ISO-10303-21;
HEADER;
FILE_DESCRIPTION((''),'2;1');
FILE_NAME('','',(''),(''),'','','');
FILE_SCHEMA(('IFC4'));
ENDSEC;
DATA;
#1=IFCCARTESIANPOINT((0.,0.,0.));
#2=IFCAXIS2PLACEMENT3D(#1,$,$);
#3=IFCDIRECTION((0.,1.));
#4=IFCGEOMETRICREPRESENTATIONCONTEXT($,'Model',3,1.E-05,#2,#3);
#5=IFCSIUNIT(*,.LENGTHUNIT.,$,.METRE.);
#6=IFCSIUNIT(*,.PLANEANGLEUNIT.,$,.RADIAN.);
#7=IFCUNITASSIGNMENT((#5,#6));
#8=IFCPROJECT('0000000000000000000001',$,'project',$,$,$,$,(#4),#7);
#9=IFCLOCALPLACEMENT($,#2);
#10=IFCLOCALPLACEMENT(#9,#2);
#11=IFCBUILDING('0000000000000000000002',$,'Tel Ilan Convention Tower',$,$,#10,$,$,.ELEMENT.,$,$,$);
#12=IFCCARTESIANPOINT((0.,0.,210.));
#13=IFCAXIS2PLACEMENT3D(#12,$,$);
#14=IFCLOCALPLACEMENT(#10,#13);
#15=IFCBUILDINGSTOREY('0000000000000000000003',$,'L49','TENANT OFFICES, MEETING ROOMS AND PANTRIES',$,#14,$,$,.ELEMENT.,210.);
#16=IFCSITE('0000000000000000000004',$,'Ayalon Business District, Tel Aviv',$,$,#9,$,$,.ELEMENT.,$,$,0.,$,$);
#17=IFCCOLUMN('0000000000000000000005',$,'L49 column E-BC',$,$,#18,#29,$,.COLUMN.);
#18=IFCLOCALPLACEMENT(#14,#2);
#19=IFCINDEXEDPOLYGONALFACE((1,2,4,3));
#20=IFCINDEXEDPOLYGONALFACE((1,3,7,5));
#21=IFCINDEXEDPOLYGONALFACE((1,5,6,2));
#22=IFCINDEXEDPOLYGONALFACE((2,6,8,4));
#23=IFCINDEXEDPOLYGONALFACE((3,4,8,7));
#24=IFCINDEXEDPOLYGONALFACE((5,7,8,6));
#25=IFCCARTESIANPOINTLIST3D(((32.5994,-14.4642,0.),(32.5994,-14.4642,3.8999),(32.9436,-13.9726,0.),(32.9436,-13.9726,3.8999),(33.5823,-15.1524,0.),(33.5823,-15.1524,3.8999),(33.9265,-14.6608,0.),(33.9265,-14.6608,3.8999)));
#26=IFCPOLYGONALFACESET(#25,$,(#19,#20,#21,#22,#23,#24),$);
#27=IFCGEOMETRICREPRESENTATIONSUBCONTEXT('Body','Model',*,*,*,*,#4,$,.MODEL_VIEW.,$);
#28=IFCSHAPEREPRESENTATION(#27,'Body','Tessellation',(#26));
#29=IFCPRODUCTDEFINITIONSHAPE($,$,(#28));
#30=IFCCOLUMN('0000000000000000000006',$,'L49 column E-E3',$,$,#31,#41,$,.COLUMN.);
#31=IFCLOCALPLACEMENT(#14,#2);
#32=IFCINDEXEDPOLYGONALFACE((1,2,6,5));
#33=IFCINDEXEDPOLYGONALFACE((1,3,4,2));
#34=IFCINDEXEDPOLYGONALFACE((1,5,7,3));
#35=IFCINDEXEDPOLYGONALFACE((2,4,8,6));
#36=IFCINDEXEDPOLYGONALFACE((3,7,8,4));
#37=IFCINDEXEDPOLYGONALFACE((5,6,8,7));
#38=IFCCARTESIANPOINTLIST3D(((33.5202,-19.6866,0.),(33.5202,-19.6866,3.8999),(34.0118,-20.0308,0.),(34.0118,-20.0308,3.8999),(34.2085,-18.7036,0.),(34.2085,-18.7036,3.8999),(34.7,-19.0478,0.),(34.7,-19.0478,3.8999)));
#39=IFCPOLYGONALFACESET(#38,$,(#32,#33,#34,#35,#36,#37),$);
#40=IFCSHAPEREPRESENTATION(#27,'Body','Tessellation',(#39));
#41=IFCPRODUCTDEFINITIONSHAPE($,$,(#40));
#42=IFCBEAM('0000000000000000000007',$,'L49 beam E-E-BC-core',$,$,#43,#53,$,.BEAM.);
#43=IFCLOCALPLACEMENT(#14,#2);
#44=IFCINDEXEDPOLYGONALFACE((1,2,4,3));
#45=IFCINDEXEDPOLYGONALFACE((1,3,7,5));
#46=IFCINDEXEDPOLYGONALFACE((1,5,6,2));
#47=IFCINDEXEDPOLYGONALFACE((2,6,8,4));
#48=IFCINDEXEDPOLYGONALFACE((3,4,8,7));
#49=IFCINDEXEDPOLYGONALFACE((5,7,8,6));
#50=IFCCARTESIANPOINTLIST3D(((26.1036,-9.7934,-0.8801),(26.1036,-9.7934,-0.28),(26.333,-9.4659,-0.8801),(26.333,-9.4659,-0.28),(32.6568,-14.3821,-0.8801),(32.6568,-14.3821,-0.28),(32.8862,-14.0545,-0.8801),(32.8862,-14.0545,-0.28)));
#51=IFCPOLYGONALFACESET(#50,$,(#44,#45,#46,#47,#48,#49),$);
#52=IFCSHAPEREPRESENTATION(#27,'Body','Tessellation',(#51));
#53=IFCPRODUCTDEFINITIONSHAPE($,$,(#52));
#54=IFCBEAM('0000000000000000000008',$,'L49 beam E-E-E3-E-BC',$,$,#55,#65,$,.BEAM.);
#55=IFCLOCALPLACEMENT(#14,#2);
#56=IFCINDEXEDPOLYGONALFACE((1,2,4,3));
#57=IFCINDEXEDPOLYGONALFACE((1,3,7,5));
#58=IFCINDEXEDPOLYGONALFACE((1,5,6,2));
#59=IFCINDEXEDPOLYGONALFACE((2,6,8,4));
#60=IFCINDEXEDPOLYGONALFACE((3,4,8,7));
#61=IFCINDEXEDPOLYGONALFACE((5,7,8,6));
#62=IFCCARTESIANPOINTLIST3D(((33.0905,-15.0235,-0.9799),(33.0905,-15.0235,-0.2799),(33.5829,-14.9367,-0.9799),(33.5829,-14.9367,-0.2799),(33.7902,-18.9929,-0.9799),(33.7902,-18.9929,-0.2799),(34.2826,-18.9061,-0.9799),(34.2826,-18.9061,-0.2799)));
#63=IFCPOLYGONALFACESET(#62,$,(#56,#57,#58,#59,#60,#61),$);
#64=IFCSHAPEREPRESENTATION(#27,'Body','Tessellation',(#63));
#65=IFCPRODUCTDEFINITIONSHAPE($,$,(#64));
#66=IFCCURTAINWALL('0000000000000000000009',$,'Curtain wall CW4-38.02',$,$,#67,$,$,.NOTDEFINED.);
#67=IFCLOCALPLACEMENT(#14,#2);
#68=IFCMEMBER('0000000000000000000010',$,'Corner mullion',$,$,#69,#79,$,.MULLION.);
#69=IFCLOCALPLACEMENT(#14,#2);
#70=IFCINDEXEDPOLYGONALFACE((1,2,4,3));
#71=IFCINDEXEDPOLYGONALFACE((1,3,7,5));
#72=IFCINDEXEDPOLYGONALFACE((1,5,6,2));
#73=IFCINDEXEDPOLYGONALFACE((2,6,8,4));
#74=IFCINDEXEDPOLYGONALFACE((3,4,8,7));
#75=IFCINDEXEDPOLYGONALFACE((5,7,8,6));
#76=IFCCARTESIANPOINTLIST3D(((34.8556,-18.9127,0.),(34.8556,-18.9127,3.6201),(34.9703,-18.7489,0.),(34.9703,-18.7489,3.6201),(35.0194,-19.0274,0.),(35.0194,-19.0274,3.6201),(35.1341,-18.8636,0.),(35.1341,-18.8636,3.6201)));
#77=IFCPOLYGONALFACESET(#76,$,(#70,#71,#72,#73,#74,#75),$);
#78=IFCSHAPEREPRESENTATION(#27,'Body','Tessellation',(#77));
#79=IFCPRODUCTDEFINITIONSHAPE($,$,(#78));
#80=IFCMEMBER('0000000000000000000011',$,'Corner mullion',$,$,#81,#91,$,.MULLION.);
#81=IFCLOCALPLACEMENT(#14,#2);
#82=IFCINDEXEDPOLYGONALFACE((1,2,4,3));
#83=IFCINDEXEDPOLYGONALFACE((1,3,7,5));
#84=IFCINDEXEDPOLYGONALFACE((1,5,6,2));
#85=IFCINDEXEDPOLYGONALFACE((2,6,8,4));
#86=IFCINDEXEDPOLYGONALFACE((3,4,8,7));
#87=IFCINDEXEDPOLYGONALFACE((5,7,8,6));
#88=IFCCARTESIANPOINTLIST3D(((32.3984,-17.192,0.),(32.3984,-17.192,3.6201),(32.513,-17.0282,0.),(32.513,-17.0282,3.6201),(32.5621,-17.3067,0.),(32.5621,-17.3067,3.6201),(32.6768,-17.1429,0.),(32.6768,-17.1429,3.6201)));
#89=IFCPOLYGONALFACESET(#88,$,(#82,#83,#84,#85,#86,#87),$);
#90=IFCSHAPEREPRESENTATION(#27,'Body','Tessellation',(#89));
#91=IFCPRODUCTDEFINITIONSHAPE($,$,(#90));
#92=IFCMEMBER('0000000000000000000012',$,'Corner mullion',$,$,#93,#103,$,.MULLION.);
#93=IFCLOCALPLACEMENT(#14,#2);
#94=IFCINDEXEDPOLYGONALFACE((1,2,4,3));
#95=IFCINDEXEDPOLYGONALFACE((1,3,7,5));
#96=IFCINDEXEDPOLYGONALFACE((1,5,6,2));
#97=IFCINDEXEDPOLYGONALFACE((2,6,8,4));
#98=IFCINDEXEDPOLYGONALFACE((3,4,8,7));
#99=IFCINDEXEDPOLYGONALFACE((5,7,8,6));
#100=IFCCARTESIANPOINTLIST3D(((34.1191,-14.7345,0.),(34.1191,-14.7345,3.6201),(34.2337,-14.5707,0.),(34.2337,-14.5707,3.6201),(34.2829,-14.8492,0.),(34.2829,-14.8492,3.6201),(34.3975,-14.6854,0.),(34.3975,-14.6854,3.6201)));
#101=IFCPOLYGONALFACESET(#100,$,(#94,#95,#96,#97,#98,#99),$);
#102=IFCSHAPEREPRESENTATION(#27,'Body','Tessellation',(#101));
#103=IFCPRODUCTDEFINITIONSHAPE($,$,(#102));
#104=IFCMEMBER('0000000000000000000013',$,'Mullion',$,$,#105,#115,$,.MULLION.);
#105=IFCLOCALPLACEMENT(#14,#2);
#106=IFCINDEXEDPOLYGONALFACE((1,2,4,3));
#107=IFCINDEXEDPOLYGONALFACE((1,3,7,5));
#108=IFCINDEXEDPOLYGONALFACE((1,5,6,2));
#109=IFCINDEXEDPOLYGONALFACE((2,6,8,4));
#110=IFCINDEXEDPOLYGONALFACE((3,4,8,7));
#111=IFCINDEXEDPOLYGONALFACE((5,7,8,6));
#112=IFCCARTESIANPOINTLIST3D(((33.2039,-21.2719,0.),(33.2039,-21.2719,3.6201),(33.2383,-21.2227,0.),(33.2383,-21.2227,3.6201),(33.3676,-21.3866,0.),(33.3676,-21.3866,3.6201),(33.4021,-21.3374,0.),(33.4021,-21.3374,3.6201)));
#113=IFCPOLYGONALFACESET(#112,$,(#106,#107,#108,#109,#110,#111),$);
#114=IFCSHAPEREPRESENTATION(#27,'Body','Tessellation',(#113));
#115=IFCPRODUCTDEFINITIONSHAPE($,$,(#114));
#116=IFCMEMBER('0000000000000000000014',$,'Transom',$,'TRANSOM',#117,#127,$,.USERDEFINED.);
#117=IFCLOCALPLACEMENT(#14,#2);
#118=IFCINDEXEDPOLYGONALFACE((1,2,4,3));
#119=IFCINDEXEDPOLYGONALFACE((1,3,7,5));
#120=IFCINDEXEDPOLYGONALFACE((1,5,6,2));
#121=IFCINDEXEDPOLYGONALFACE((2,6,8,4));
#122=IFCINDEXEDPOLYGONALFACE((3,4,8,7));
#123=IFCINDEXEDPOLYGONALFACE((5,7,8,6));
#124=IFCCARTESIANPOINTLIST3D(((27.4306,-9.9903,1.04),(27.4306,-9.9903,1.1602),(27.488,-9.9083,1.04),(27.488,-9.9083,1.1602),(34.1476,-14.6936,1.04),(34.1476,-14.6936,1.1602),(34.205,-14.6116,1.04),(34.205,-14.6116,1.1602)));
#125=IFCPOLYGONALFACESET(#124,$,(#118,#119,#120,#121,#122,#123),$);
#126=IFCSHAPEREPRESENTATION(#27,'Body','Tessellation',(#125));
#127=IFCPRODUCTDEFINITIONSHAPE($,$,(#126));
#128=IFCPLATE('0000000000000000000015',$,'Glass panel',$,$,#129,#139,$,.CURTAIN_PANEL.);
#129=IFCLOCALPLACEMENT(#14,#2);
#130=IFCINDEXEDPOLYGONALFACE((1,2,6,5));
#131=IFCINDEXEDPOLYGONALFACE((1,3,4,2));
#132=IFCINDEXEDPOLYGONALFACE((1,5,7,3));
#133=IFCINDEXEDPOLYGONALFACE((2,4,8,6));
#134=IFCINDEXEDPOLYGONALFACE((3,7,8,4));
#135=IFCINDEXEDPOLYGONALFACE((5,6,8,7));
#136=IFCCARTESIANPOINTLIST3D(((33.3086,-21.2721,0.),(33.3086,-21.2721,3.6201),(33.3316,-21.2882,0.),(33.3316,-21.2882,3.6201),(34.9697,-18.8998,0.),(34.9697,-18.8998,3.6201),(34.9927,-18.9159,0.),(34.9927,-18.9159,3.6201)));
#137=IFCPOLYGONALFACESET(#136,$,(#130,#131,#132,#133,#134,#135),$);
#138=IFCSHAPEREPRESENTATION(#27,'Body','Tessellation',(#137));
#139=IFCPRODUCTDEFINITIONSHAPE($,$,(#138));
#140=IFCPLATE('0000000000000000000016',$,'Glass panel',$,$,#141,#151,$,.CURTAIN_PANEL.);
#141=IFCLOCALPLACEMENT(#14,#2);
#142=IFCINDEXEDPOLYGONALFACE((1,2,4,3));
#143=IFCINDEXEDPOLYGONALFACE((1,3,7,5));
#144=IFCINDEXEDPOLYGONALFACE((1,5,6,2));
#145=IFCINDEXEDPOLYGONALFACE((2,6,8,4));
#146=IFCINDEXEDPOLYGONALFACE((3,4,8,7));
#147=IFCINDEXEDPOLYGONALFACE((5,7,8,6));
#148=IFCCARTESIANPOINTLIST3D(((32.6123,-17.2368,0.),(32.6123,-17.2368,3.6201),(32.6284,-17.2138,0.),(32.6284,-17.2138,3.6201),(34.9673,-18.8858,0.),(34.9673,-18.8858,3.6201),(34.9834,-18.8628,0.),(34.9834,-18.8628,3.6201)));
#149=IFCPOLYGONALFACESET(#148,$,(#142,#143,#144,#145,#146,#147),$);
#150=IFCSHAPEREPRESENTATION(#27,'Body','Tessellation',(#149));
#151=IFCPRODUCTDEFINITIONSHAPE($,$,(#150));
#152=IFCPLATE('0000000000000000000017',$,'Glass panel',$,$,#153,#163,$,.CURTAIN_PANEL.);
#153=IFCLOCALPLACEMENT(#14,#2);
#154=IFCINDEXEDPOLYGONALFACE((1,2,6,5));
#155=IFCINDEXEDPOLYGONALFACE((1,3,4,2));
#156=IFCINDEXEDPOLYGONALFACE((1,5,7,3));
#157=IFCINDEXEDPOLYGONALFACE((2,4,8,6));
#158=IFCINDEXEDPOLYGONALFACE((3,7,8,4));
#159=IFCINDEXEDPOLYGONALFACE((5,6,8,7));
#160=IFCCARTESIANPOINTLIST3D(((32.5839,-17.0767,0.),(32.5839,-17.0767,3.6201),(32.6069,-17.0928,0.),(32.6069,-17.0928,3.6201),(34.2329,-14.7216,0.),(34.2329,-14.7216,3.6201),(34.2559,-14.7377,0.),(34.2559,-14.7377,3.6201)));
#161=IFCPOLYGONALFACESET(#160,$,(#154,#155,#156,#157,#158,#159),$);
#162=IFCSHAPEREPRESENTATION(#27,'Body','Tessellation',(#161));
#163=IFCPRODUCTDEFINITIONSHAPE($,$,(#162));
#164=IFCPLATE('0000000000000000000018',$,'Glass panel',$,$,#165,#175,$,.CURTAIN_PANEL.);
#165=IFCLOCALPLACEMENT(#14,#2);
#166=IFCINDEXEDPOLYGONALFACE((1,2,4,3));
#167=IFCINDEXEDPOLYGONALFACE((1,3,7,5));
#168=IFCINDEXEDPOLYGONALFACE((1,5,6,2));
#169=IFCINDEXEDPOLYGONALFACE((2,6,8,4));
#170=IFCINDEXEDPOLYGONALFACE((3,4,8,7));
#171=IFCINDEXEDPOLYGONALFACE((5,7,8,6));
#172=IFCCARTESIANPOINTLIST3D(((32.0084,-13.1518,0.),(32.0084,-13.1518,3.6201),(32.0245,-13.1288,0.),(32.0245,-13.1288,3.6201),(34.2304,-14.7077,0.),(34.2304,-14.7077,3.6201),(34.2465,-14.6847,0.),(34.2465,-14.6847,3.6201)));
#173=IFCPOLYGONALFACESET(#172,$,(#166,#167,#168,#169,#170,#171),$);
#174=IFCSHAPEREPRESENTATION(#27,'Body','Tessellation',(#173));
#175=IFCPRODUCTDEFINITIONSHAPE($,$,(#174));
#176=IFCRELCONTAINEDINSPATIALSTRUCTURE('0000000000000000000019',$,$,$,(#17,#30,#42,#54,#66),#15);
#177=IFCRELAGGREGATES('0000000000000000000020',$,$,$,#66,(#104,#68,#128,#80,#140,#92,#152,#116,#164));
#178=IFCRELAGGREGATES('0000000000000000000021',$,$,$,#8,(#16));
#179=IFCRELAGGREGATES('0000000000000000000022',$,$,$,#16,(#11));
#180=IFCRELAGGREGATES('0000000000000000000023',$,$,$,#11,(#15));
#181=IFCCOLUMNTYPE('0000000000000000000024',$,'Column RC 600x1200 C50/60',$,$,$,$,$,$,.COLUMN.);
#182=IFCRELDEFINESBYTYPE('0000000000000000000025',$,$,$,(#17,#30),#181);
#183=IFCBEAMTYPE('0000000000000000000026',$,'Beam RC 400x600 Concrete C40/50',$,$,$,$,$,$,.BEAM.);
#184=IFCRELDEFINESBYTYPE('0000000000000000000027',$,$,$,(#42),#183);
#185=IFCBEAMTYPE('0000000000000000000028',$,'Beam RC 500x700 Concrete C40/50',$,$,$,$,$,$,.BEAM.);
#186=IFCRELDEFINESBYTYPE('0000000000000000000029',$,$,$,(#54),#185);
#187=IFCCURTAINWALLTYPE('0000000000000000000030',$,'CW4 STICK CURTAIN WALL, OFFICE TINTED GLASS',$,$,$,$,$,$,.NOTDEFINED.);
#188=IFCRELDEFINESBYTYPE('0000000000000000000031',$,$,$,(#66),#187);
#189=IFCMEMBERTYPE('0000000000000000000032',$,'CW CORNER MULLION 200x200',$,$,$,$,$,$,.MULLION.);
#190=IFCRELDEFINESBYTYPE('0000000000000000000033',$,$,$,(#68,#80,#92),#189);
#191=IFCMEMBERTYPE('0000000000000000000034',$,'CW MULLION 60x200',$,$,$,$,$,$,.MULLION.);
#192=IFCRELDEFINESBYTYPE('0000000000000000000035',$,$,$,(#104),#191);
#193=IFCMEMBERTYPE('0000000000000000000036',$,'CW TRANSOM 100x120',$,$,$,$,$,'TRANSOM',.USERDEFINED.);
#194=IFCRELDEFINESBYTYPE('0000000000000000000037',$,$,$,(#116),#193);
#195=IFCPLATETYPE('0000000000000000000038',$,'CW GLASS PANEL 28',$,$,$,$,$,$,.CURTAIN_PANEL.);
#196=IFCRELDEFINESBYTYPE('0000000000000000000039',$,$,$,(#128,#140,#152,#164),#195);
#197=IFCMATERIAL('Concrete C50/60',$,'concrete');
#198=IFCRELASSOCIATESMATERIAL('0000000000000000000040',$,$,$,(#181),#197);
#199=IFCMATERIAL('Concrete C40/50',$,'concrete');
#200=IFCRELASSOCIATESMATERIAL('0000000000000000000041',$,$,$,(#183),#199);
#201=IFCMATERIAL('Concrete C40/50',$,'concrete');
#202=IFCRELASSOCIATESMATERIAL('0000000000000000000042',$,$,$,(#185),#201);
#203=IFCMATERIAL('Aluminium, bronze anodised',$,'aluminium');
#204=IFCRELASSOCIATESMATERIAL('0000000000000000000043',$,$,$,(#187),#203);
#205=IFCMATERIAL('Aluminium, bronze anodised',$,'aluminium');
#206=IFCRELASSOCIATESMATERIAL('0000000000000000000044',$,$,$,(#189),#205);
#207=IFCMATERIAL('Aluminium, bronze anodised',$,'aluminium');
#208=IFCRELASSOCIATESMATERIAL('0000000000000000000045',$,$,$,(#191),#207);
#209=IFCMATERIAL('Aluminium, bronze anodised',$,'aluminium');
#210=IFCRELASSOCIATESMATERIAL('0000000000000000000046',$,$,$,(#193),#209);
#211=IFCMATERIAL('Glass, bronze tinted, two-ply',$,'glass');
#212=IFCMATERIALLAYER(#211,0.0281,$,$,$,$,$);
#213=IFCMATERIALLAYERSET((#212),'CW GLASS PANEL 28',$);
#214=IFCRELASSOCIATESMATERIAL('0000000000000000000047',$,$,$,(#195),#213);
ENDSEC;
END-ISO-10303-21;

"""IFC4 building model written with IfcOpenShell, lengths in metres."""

from ifc_helpers import new_model, si_unit, direction, frame, origin, origin_2d, place, context, subcontext, project, spatial, rectangle, extrude, material, layer, layer_set, material_profile, profile_set, type_object, element, aggregate, save


model = new_model("IFC4")

# Units and contexts
model_context = context("Model", 3, precision=1e-05, world=origin(), true_north=direction((0.0, 1.0)))
body_context = subcontext(model_context, "Body", "Model", "MODEL_VIEW")
ifc_project = project(units=[si_unit("LENGTHUNIT", "METRE"), si_unit("PLANEANGLEUNIT", "RADIAN")], contexts=[model_context])

# Site, building, storey
site_placement = place(None, origin())
site = spatial("IfcSite", under=ifc_project, at=site_placement, Name="Ayalon Business District, Tel Aviv", CompositionType="ELEMENT", RefElevation=0.0)
building_placement = place(site_placement, origin())
building = spatial("IfcBuilding", under=site, at=building_placement, Name="Tel Ilan Convention Tower", CompositionType="ELEMENT")
storey_placement = place(building_placement, frame((0.0, 0.0, 210.0)))
storey = spatial("IfcBuildingStorey", under=building, at=storey_placement, Name="L49", Description="TENANT OFFICES, MEETING ROOMS AND PANTRIES", CompositionType="ELEMENT", Elevation=210.0)

# Columns
ifc_material_1 = material(Name="Concrete C50/60", Category="concrete")
ifc_material_profile_1 = material_profile(ifc_material_1, rectangle(XDim=1.2, YDim=0.6001, at=origin_2d()), Name="RC 600x1200")
ifc_profile_set_1 = profile_set([ifc_material_profile_1], Name="Concrete C50/60")
column_type = type_object("IfcColumnType", Name="Column RC 600x1200 C50/60", PredefinedType="COLUMN", material=ifc_profile_set_1)
for number, where, z_axis, x_axis, name in (
    (1, (33.2629, -14.5625, 0.0), (0.0, 0.0, 1.0), (0.819152, -0.573576, 0.0), "L49 column E-BC"),
    (2, (34.1101, -19.3672, 0.0), (0.0, 0.0, 1.0), (0.573576, 0.819152, 0.0), "L49 column E-E3"),
):
    element("IfcColumn", number, at=place(storey_placement, frame(where, z_axis=z_axis, x_axis=x_axis)), inside=storey, type_object=column_type, Name=name, PredefinedType="COLUMN", context=body_context, shape_type="SweptSolid", body=[
        extrude(rectangle(XDim=1.2, YDim=0.6001, at=origin_2d()), origin(), (0.0, 0.0, 1.0), 3.8999),
    ])

# Beams
ifc_material_2 = material(Name="Concrete C40/50", Category="concrete")
ifc_material_profile_2 = material_profile(ifc_material_2, rectangle(XDim=0.3999, YDim=0.6001, at=origin_2d()), Name="RC 400x600")
ifc_profile_set_2 = profile_set([ifc_material_profile_2], Name="Concrete C40/50")
beam_type_1 = type_object("IfcBeamType", Name="Beam RC 400x600 Concrete C40/50", PredefinedType="BEAM", material=ifc_profile_set_2)
beam_1_placement = place(storey_placement, frame((32.7715, -14.2183, -0.5801), z_axis=(-0.819152, 0.573577, 0.0), x_axis=(-0.573577, -0.819152, 0.0)))
element("IfcBeam", 3, at=beam_1_placement, inside=storey, type_object=beam_type_1, Name="L49 beam E-E-BC-core", PredefinedType="BEAM", context=body_context, shape_type="SweptSolid", body=[
    extrude(rectangle(XDim=0.3999, YDim=0.6001, at=origin_2d()), origin(), (0.0, 0.0, 1.0), 8.0),
])
ifc_material_3 = material(Name="Concrete C40/50", Category="concrete")
ifc_material_profile_3 = material_profile(ifc_material_3, rectangle(XDim=0.5, YDim=0.7, at=origin_2d()), Name="RC 500x700")
ifc_profile_set_3 = profile_set([ifc_material_profile_3], Name="Concrete C40/50")
beam_type_2 = type_object("IfcBeamType", Name="Beam RC 500x700 Concrete C40/50", PredefinedType="BEAM", material=ifc_profile_set_3)
beam_2_placement = place(storey_placement, frame((34.0364, -18.9495, -0.6299), z_axis=(-0.173606, 0.984815, 0.0), x_axis=(-0.984815, -0.173606, 0.0)))
element("IfcBeam", 4, at=beam_2_placement, inside=storey, type_object=beam_type_2, Name="L49 beam E-E-E3-E-BC", PredefinedType="BEAM", context=body_context, shape_type="SweptSolid", body=[
    extrude(rectangle(XDim=0.5, YDim=0.7, at=origin_2d()), origin(), (0.0, 0.0, 1.0), 4.0305),
])

# Curtain wall, members, plates
ifc_material_4 = material(Name="Aluminium, bronze anodised", Category="aluminium")
curtain_wall_type = type_object("IfcCurtainWallType", Name="CW4 STICK CURTAIN WALL, OFFICE TINTED GLASS", PredefinedType="NOTDEFINED", material=ifc_material_4)
curtain_wall_placement = place(storey_placement, origin())
curtain_wall = element("IfcCurtainWall", 5, at=curtain_wall_placement, inside=storey, type_object=curtain_wall_type, Name="Curtain wall CW4-38.02", PredefinedType="NOTDEFINED")
ifc_material_5 = material(Name="Aluminium, bronze anodised", Category="aluminium")
ifc_material_profile_4 = material_profile(ifc_material_5, rectangle(XDim=0.2, YDim=0.2, at=origin_2d()), Name="CW CORNER MULLION 200x200")
ifc_profile_set_4 = profile_set([ifc_material_profile_4], Name="Aluminium, bronze anodised")
member_type_1 = type_object("IfcMemberType", Name="CW CORNER MULLION 200x200", PredefinedType="MULLION", material=ifc_profile_set_4)
member_1_placement = place(storey_placement, frame((34.9949, -18.8882, 0.0), z_axis=(0.0, 0.0, 1.0), x_axis=(0.573576, 0.819152, 0.0)))
member_1 = element("IfcMember", 6, at=member_1_placement, type_object=member_type_1, Name="Corner mullion", PredefinedType="MULLION", context=body_context, shape_type="SweptSolid", body=[
    extrude(rectangle(XDim=0.2, YDim=0.2, at=origin_2d()), origin(), (0.0, 0.0, 1.0), 3.6201),
])
member_2_placement = place(storey_placement, frame((32.5376, -17.1675, 0.0), z_axis=(0.0, 0.0, 1.0), x_axis=(-0.819152, 0.573576, 0.0)))
member_2 = element("IfcMember", 7, at=member_2_placement, type_object=member_type_1, Name="Corner mullion", PredefinedType="MULLION", context=body_context, shape_type="SweptSolid", body=[
    extrude(rectangle(XDim=0.2, YDim=0.2, at=origin_2d()), origin(), (0.0, 0.0, 1.0), 3.6201),
])
member_3_placement = place(storey_placement, frame((34.2583, -14.71, 0.0), z_axis=(0.0, 0.0, 1.0), x_axis=(0.573576, 0.819152, 0.0)))
member_3 = element("IfcMember", 8, at=member_3_placement, type_object=member_type_1, Name="Corner mullion", PredefinedType="MULLION", context=body_context, shape_type="SweptSolid", body=[
    extrude(rectangle(XDim=0.2, YDim=0.2, at=origin_2d()), origin(), (0.0, 0.0, 1.0), 3.6201),
])
ifc_material_6 = material(Name="Aluminium, bronze anodised", Category="aluminium")
ifc_material_profile_5 = material_profile(ifc_material_6, rectangle(XDim=0.0601, YDim=0.2, at=origin_2d()), Name="CW MULLION 60x200")
ifc_profile_set_5 = profile_set([ifc_material_profile_5], Name="Aluminium, bronze anodised")
member_type_2 = type_object("IfcMemberType", Name="CW MULLION 60x200", PredefinedType="MULLION", material=ifc_profile_set_5)
member_4_placement = place(storey_placement, frame((33.303, -21.3047, 0.0), z_axis=(0.0, 0.0, 1.0), x_axis=(0.573576, 0.819152, 0.0)))
member_4 = element("IfcMember", 9, at=member_4_placement, type_object=member_type_2, Name="Mullion", PredefinedType="MULLION", context=body_context, shape_type="SweptSolid", body=[
    extrude(rectangle(XDim=0.0601, YDim=0.2, at=origin_2d()), origin(), (0.0, 0.0, 1.0), 3.6201),
])
ifc_material_7 = material(Name="Aluminium, bronze anodised", Category="aluminium")
ifc_material_profile_6 = material_profile(ifc_material_7, rectangle(XDim=0.1001, YDim=0.1201, at=origin_2d()), Name="CW TRANSOM 100x120")
ifc_profile_set_6 = profile_set([ifc_material_profile_6], Name="Aluminium, bronze anodised")
member_type_3 = type_object("IfcMemberType", Name="CW TRANSOM 100x120", ElementType="TRANSOM", PredefinedType="USERDEFINED", material=ifc_profile_set_6)
member_5_placement = place(storey_placement, frame((34.1763, -14.6526, 1.1001), z_axis=(-0.819149, 0.57358, 0.0), x_axis=(-0.57358, -0.819149, 0.0)))
member_5 = element("IfcMember", 10, at=member_5_placement, type_object=member_type_3, Name="Transom", ObjectType="TRANSOM", PredefinedType="USERDEFINED", context=body_context, shape_type="SweptSolid", body=[
    extrude(rectangle(XDim=0.1001, YDim=0.1201, at=origin_2d()), origin(), (0.0, 0.0, 1.0), 8.2),
])
ifc_material_8 = material(Name="Glass, bronze tinted, two-ply", Category="glass")
ifc_layer_1 = layer(ifc_material_8, 0.0281)
ifc_layer_set_1 = layer_set([ifc_layer_1], Name="CW GLASS PANEL 28")
plate_type = type_object("IfcPlateType", Name="CW GLASS PANEL 28", PredefinedType="CURTAIN_PANEL", material=ifc_layer_set_1)
plate_1_placement = place(storey_placement, frame((34.1506, -20.094, 0.0), z_axis=(0.0, 0.0, 1.0), x_axis=(0.573576, 0.819152, 0.0)))
plate_1 = element("IfcPlate", 11, at=plate_1_placement, type_object=plate_type, Name="Glass panel", PredefinedType="CURTAIN_PANEL", context=body_context, shape_type="SweptSolid", body=[
    extrude(rectangle(XDim=2.896, YDim=0.0281, at=origin_2d()), origin(), (0.0, 0.0, 1.0), 3.6201),
])
plate_2_placement = place(storey_placement, frame((33.7979, -18.0498, 0.0), z_axis=(0.0, 0.0, 1.0), x_axis=(-0.819152, 0.573576, 0.0)))
plate_2 = element("IfcPlate", 12, at=plate_2_placement, type_object=plate_type, Name="Glass panel", PredefinedType="CURTAIN_PANEL", context=body_context, shape_type="SweptSolid", body=[
    extrude(rectangle(XDim=2.875, YDim=0.0281, at=origin_2d()), origin(), (0.0, 0.0, 1.0), 3.6201),
])
plate_3_placement = place(storey_placement, frame((33.4199, -15.9072, 0.0), z_axis=(0.0, 0.0, 1.0), x_axis=(0.573576, 0.819152, 0.0)))
plate_3 = element("IfcPlate", 13, at=plate_3_placement, type_object=plate_type, Name="Glass panel", PredefinedType="CURTAIN_PANEL", context=body_context, shape_type="SweptSolid", body=[
    extrude(rectangle(XDim=2.875, YDim=0.0281, at=origin_2d()), origin(), (0.0, 0.0, 1.0), 3.6201),
])
plate_4_placement = place(storey_placement, frame((33.1274, -13.9182, 0.0), z_axis=(0.0, 0.0, 1.0), x_axis=(-0.819152, 0.573576, 0.0)))
plate_4 = element("IfcPlate", 14, at=plate_4_placement, type_object=plate_type, Name="Glass panel", PredefinedType="CURTAIN_PANEL", context=body_context, shape_type="SweptSolid", body=[
    extrude(rectangle(XDim=2.7126, YDim=0.0281, at=origin_2d()), origin(), (0.0, 0.0, 1.0), 3.6201),
])
aggregate(curtain_wall, [member_4, member_1, plate_1, member_2, plate_2, member_3, plate_3, member_5, plate_4])

save(model, "model.ifc")
